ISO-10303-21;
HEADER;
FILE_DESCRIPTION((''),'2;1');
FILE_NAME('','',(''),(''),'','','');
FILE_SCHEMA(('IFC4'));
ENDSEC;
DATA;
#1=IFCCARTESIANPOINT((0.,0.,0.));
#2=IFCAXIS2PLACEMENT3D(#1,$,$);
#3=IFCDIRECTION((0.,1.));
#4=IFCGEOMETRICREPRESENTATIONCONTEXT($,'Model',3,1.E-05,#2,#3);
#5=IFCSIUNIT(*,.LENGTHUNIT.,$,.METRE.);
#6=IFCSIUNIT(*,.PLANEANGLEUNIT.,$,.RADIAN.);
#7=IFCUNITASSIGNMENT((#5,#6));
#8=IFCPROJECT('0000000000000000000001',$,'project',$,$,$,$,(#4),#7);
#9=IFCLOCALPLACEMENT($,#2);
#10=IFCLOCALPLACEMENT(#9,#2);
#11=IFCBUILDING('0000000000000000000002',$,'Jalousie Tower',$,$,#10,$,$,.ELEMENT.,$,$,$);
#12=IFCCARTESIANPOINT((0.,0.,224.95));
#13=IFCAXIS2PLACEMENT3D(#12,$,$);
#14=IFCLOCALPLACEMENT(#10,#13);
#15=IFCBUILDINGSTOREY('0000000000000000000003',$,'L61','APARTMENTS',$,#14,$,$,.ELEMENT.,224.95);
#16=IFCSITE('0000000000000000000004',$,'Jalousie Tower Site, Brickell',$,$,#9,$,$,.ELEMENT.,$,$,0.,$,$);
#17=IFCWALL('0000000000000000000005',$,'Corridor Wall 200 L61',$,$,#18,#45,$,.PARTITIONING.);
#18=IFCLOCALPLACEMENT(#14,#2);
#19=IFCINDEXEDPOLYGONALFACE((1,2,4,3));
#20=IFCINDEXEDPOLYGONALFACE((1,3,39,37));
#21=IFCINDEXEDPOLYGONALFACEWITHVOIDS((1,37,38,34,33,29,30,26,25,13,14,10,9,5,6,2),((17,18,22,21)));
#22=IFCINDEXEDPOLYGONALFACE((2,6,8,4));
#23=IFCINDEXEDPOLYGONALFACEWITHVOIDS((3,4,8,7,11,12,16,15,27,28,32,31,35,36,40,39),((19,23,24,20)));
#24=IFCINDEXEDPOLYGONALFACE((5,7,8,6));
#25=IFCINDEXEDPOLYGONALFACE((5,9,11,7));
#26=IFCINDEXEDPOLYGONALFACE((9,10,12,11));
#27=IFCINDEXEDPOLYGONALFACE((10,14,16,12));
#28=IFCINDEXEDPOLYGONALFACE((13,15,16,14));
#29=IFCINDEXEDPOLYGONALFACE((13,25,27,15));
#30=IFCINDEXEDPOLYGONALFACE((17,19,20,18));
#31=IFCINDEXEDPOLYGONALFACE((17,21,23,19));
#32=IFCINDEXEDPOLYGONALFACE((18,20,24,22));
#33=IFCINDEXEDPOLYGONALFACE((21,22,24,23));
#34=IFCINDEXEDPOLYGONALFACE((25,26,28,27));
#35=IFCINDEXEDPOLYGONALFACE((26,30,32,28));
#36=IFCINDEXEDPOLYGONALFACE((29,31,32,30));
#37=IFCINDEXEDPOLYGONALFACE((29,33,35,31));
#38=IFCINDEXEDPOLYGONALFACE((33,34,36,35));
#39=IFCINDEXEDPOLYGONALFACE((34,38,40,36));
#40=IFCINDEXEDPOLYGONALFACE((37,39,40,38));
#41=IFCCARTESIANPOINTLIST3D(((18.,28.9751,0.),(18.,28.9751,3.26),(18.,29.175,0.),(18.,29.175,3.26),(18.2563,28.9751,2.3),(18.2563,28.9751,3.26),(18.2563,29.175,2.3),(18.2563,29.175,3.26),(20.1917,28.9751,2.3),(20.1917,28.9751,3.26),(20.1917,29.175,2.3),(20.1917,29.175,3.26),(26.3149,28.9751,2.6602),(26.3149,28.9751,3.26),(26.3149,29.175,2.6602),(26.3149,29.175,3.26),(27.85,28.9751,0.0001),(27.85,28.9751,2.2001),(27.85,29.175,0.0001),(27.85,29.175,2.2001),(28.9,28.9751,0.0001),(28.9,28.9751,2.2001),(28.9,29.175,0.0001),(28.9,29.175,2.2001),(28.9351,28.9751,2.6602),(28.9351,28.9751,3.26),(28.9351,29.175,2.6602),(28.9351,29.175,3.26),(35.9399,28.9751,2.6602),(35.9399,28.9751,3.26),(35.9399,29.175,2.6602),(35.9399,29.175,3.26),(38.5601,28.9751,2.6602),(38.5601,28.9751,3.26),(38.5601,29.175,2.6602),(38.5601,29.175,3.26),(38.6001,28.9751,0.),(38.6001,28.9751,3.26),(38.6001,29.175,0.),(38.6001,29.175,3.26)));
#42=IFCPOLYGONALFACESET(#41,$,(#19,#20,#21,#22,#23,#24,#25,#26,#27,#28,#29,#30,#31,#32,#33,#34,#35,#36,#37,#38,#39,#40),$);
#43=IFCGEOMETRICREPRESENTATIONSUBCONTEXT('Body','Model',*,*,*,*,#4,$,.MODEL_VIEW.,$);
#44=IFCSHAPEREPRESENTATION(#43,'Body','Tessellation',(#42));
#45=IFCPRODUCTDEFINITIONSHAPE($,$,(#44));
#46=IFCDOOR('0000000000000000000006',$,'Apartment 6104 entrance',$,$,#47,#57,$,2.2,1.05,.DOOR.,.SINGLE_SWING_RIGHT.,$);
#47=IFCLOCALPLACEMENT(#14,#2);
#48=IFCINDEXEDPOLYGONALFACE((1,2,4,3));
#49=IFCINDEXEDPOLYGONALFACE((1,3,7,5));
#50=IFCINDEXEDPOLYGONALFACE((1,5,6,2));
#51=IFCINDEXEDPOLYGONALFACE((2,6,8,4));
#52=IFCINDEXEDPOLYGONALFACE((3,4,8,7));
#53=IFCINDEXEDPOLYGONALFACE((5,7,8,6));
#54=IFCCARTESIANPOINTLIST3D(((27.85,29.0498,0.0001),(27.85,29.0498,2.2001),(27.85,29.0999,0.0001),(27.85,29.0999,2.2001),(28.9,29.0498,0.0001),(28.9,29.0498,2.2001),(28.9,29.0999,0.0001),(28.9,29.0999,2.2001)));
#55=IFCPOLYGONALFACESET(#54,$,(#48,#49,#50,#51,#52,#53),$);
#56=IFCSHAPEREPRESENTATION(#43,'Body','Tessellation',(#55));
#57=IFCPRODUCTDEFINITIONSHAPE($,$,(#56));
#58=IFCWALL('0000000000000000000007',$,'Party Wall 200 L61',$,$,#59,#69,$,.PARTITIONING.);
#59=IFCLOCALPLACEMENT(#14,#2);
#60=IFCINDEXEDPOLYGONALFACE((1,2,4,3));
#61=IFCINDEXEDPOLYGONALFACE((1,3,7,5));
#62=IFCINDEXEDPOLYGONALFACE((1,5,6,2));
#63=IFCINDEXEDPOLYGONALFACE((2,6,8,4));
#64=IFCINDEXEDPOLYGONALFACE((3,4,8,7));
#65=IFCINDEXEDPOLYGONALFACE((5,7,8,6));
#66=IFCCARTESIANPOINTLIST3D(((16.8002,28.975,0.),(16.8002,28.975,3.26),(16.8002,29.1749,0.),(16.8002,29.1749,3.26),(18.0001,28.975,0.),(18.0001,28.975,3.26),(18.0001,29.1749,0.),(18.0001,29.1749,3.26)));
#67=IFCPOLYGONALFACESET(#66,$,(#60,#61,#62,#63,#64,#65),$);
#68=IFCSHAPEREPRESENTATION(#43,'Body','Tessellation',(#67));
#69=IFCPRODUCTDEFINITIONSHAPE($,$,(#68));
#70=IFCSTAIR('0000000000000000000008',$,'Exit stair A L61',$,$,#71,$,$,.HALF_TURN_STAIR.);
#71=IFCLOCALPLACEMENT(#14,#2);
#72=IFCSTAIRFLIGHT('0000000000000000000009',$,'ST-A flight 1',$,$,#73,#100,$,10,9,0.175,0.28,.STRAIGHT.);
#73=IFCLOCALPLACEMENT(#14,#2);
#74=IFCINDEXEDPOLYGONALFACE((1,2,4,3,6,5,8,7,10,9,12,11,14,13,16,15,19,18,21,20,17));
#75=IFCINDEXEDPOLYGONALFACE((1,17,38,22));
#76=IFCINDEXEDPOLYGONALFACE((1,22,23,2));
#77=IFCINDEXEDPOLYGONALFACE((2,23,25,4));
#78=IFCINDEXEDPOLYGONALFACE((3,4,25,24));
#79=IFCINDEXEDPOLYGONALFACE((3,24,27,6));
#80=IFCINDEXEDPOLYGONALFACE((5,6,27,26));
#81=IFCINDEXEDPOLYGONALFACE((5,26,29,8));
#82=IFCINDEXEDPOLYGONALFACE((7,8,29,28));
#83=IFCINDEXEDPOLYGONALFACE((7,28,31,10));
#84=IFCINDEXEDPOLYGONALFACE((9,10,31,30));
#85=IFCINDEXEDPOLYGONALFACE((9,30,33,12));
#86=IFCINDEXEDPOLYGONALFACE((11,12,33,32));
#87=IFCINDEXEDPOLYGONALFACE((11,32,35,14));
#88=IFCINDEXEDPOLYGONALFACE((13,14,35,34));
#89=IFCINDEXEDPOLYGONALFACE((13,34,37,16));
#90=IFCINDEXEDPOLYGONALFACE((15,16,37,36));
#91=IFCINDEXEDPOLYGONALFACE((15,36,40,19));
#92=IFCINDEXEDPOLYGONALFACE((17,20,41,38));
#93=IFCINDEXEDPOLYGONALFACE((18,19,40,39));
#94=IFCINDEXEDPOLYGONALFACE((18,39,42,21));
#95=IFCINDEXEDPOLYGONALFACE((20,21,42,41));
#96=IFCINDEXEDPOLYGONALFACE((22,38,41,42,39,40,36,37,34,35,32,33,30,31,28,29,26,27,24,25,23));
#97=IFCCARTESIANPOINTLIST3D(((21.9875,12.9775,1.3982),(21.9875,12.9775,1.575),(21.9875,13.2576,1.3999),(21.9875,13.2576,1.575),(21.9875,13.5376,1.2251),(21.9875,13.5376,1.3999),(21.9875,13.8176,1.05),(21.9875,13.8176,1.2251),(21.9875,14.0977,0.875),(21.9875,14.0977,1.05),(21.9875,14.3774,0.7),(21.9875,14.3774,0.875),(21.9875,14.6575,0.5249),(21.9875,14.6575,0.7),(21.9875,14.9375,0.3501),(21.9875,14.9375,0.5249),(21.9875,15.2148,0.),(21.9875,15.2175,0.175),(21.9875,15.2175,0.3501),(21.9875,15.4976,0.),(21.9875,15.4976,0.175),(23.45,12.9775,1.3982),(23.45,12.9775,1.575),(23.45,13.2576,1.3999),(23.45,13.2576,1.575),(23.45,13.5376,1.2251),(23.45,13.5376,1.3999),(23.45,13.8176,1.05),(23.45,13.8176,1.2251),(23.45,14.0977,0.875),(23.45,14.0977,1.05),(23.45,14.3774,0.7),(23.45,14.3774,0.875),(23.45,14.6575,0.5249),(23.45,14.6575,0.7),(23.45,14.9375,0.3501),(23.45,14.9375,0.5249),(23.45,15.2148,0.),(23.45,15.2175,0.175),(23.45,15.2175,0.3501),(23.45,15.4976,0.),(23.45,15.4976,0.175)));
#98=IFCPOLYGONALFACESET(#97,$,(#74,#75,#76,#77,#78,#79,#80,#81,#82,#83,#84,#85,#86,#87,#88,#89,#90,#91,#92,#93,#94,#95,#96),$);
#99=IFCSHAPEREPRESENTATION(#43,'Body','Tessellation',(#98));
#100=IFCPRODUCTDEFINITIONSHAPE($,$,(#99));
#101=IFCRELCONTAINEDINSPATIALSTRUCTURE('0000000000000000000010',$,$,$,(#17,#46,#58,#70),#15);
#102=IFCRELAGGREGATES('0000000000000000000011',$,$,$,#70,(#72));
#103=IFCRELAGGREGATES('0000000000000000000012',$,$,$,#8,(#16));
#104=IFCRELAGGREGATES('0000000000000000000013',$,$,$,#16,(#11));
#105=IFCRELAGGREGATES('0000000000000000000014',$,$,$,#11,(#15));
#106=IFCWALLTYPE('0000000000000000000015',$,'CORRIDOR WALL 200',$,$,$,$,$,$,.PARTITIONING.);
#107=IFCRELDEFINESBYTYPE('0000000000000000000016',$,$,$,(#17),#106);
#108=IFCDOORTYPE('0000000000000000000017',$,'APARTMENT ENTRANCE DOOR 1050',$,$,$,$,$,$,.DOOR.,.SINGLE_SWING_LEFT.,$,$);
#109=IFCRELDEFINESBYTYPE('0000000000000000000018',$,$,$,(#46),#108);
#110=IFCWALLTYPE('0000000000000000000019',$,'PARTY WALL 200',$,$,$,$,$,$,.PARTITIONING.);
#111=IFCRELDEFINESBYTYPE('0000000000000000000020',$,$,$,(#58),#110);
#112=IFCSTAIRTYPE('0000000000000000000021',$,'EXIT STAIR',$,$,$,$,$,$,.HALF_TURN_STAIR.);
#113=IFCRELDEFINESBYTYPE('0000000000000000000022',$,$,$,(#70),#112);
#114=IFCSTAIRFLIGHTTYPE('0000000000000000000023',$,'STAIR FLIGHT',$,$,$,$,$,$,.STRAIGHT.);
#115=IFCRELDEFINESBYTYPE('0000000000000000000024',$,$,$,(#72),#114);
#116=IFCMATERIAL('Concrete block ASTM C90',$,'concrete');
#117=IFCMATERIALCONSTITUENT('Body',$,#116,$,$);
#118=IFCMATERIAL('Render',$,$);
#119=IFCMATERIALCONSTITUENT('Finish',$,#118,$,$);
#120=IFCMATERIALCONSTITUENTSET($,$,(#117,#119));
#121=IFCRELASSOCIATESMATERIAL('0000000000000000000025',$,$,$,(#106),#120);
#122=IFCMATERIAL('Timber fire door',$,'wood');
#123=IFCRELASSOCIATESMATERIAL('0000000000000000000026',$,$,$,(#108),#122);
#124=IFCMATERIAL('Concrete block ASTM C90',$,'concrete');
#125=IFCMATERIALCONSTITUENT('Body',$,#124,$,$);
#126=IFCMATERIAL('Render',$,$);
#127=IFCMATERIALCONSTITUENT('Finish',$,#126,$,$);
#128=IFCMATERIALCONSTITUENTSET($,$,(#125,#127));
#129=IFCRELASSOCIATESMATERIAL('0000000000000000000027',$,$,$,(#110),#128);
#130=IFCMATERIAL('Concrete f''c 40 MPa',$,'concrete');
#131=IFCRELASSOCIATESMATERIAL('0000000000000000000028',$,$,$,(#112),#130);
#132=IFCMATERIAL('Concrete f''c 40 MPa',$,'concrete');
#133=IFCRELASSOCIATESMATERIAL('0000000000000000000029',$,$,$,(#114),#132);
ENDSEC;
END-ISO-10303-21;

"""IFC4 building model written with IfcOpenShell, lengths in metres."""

from ifc_helpers import new_model, si_unit, direction, frame, frame_2d, origin, place, context, subcontext, project, spatial, polyline, rectangle, outline, extrude, material, constituent, constituent_set, type_object, element, fill, aggregate, save


model = new_model("IFC4")

# Units and contexts
model_context = context("Model", 3, precision=1e-05, world=origin(), true_north=direction((0.0, 1.0)))
body_context = subcontext(model_context, "Body", "Model", "MODEL_VIEW")
ifc_project = project(units=[si_unit("LENGTHUNIT", "METRE"), si_unit("PLANEANGLEUNIT", "RADIAN")], contexts=[model_context])

# Site, building, storey
site_placement = place(None, origin())
site = spatial("IfcSite", under=ifc_project, at=site_placement, Name="Jalousie Tower Site, Brickell", CompositionType="ELEMENT", RefElevation=0.0)
building_placement = place(site_placement, origin())
building = spatial("IfcBuilding", under=site, at=building_placement, Name="Jalousie Tower", CompositionType="ELEMENT")
storey_placement = place(building_placement, frame((0.0, 0.0, 224.95)))
storey = spatial("IfcBuildingStorey", under=building, at=storey_placement, Name="L61", Description="APARTMENTS", CompositionType="ELEMENT", Elevation=224.95)

# Wall, opening, door
ifc_material_1 = material(Name="Concrete block ASTM C90", Category="concrete")
ifc_constituent_1 = constituent(ifc_material_1, Name="Body")
ifc_material_2 = material(Name="Render")
ifc_constituent_2 = constituent(ifc_material_2, Name="Finish")
ifc_constituent_set_1 = constituent_set(constituents=[ifc_constituent_1, ifc_constituent_2])
wall_type_1 = type_object("IfcWallType", Name="CORRIDOR WALL 200", PredefinedType="PARTITIONING", material=ifc_constituent_set_1)
wall_1_placement = place(storey_placement, frame((18.0, 29.075, 0.0), z_axis=(0.0, 0.0, 1.0), x_axis=(1.0, 0.0, 0.0)))
wall_1 = element("IfcWall", 1, at=wall_1_placement, inside=storey, type_object=wall_type_1, Name="Corridor Wall 200 L61", PredefinedType="PARTITIONING", context=body_context, shape_type="SweptSolid", body=[
    extrude(outline(polyline([(0.0, 0.0), (20.6001, 0.0), (20.6001, 3.26), (20.5601, 3.26), (20.5601, 2.6602), (17.9399, 2.6602), (17.9399, 3.26), (10.9351, 3.26), (10.9351, 2.6602), (8.3149, 2.6602), (8.3149, 3.26), (2.1917, 3.26), (2.1917, 2.3), (0.2563, 2.3), (0.2563, 3.26), (0.0, 3.26), (0.0, 0.0)])), frame((0.0, 0.1001, 0.0), z_axis=(0.0, -1.0, 0.0), x_axis=(1.0, 0.0, 0.0)), (0.0, 0.0, 1.0), 0.2),
])
opening_1_placement = place(wall_1_placement, frame((9.8501, 0.0, 0.0)))
opening_1 = element("IfcOpeningElement", 2, at=opening_1_placement, cuts=wall_1, PredefinedType="OPENING", context=body_context, shape_type="SweptSolid", body=[
    extrude(rectangle(XDim=1.05, YDim=2.2, at=frame_2d((0.5249, 1.1001))), frame((0.0, 0.1099, 0.0), z_axis=(0.0, -1.0, 0.0), x_axis=(1.0, 0.0, 0.0)), (0.0, 0.0, 1.0), 0.22),
])
ifc_material_3 = material(Name="Timber fire door", Category="wood")
door_type_1 = type_object("IfcDoorType", Name="APARTMENT ENTRANCE DOOR 1050", OperationType="SINGLE_SWING_LEFT", PredefinedType="DOOR", material=ifc_material_3)
door_1_placement = place(opening_1_placement, origin())
door_1 = element("IfcDoor", 3, at=door_1_placement, inside=storey, type_object=door_type_1, Name="Apartment 6104 entrance", OperationType="SINGLE_SWING_RIGHT", OverallHeight=2.2, OverallWidth=1.05, PredefinedType="DOOR", context=body_context, shape_type="SweptSolid", body=[
    extrude(rectangle(XDim=1.05, YDim=2.2, at=frame_2d((0.5249, 1.1001))), frame((0.0, 0.0249, 0.0), z_axis=(0.0, -1.0, 0.0), x_axis=(1.0, 0.0, 0.0)), (0.0, 0.0, 1.0), 0.05),
])
fill(opening_1, door_1)

# Wall
ifc_material_4 = material(Name="Concrete block ASTM C90", Category="concrete")
ifc_constituent_3 = constituent(ifc_material_4, Name="Body")
ifc_material_5 = material(Name="Render")
ifc_constituent_4 = constituent(ifc_material_5, Name="Finish")
ifc_constituent_set_2 = constituent_set(constituents=[ifc_constituent_3, ifc_constituent_4])
wall_type_2 = type_object("IfcWallType", Name="PARTY WALL 200", PredefinedType="PARTITIONING", material=ifc_constituent_set_2)
wall_2_placement = place(storey_placement, frame((16.8, 29.075, 0.0), z_axis=(0.0, 0.0, 1.0), x_axis=(1.0, 0.0, 0.0)))
element("IfcWall", 4, at=wall_2_placement, inside=storey, type_object=wall_type_2, Name="Party Wall 200 L61", PredefinedType="PARTITIONING", context=body_context, shape_type="SweptSolid", body=[
    extrude(rectangle(XDim=1.2, YDim=0.2, at=frame_2d((0.6001, 0.0))), origin(), (0.0, 0.0, 1.0), 3.26),
])

# Stair, stair flight
ifc_material_6 = material(Name="Concrete f'c 40 MPa", Category="concrete")
stair_type = type_object("IfcStairType", Name="EXIT STAIR", PredefinedType="HALF_TURN_STAIR", material=ifc_material_6)
stair_placement = place(storey_placement, origin())
stair = element("IfcStair", 5, at=stair_placement, inside=storey, type_object=stair_type, Name="Exit stair A L61", PredefinedType="HALF_TURN_STAIR")
ifc_material_7 = material(Name="Concrete f'c 40 MPa", Category="concrete")
stair_flight_type = type_object("IfcStairFlightType", Name="STAIR FLIGHT", PredefinedType="STRAIGHT", material=ifc_material_7)
stair_flight_placement = place(storey_placement, frame((22.7188, 15.4976, 0.0), z_axis=(0.0, 0.0, 1.0), x_axis=(0.0, -1.0, 0.0)))
stair_flight = element("IfcStairFlight", 6, at=stair_flight_placement, type_object=stair_flight_type, Name="ST-A flight 1", NumberOfRisers=10, NumberOfTreads=9, PredefinedType="STRAIGHT", RiserHeight=0.175, TreadLength=0.28, context=body_context, shape_type="SweptSolid", body=[
    extrude(outline(polyline([(0.0, 0.0), (0.0, 0.175), (0.28, 0.175), (0.28, 0.3501), (0.5601, 0.3501), (0.5601, 0.5249), (0.8401, 0.5249), (0.8401, 0.7), (1.1201, 0.7), (1.1201, 0.875), (1.3999, 0.875), (1.3999, 1.05), (1.6799, 1.05), (1.6799, 1.2251), (1.96, 1.2251), (1.96, 1.3999), (2.24, 1.3999), (2.24, 1.575), (2.52, 1.575), (2.52, 1.75), (2.52, 1.3982), (0.2827, 0.0), (0.0, 0.0)])), frame((0.0, 0.7312, 0.0), z_axis=(0.0, -1.0, 0.0), x_axis=(1.0, 0.0, 0.0)), (0.0, 0.0, 1.0), 1.4624),
])
aggregate(stair, [stair_flight])

save(model, "model.ifc")
